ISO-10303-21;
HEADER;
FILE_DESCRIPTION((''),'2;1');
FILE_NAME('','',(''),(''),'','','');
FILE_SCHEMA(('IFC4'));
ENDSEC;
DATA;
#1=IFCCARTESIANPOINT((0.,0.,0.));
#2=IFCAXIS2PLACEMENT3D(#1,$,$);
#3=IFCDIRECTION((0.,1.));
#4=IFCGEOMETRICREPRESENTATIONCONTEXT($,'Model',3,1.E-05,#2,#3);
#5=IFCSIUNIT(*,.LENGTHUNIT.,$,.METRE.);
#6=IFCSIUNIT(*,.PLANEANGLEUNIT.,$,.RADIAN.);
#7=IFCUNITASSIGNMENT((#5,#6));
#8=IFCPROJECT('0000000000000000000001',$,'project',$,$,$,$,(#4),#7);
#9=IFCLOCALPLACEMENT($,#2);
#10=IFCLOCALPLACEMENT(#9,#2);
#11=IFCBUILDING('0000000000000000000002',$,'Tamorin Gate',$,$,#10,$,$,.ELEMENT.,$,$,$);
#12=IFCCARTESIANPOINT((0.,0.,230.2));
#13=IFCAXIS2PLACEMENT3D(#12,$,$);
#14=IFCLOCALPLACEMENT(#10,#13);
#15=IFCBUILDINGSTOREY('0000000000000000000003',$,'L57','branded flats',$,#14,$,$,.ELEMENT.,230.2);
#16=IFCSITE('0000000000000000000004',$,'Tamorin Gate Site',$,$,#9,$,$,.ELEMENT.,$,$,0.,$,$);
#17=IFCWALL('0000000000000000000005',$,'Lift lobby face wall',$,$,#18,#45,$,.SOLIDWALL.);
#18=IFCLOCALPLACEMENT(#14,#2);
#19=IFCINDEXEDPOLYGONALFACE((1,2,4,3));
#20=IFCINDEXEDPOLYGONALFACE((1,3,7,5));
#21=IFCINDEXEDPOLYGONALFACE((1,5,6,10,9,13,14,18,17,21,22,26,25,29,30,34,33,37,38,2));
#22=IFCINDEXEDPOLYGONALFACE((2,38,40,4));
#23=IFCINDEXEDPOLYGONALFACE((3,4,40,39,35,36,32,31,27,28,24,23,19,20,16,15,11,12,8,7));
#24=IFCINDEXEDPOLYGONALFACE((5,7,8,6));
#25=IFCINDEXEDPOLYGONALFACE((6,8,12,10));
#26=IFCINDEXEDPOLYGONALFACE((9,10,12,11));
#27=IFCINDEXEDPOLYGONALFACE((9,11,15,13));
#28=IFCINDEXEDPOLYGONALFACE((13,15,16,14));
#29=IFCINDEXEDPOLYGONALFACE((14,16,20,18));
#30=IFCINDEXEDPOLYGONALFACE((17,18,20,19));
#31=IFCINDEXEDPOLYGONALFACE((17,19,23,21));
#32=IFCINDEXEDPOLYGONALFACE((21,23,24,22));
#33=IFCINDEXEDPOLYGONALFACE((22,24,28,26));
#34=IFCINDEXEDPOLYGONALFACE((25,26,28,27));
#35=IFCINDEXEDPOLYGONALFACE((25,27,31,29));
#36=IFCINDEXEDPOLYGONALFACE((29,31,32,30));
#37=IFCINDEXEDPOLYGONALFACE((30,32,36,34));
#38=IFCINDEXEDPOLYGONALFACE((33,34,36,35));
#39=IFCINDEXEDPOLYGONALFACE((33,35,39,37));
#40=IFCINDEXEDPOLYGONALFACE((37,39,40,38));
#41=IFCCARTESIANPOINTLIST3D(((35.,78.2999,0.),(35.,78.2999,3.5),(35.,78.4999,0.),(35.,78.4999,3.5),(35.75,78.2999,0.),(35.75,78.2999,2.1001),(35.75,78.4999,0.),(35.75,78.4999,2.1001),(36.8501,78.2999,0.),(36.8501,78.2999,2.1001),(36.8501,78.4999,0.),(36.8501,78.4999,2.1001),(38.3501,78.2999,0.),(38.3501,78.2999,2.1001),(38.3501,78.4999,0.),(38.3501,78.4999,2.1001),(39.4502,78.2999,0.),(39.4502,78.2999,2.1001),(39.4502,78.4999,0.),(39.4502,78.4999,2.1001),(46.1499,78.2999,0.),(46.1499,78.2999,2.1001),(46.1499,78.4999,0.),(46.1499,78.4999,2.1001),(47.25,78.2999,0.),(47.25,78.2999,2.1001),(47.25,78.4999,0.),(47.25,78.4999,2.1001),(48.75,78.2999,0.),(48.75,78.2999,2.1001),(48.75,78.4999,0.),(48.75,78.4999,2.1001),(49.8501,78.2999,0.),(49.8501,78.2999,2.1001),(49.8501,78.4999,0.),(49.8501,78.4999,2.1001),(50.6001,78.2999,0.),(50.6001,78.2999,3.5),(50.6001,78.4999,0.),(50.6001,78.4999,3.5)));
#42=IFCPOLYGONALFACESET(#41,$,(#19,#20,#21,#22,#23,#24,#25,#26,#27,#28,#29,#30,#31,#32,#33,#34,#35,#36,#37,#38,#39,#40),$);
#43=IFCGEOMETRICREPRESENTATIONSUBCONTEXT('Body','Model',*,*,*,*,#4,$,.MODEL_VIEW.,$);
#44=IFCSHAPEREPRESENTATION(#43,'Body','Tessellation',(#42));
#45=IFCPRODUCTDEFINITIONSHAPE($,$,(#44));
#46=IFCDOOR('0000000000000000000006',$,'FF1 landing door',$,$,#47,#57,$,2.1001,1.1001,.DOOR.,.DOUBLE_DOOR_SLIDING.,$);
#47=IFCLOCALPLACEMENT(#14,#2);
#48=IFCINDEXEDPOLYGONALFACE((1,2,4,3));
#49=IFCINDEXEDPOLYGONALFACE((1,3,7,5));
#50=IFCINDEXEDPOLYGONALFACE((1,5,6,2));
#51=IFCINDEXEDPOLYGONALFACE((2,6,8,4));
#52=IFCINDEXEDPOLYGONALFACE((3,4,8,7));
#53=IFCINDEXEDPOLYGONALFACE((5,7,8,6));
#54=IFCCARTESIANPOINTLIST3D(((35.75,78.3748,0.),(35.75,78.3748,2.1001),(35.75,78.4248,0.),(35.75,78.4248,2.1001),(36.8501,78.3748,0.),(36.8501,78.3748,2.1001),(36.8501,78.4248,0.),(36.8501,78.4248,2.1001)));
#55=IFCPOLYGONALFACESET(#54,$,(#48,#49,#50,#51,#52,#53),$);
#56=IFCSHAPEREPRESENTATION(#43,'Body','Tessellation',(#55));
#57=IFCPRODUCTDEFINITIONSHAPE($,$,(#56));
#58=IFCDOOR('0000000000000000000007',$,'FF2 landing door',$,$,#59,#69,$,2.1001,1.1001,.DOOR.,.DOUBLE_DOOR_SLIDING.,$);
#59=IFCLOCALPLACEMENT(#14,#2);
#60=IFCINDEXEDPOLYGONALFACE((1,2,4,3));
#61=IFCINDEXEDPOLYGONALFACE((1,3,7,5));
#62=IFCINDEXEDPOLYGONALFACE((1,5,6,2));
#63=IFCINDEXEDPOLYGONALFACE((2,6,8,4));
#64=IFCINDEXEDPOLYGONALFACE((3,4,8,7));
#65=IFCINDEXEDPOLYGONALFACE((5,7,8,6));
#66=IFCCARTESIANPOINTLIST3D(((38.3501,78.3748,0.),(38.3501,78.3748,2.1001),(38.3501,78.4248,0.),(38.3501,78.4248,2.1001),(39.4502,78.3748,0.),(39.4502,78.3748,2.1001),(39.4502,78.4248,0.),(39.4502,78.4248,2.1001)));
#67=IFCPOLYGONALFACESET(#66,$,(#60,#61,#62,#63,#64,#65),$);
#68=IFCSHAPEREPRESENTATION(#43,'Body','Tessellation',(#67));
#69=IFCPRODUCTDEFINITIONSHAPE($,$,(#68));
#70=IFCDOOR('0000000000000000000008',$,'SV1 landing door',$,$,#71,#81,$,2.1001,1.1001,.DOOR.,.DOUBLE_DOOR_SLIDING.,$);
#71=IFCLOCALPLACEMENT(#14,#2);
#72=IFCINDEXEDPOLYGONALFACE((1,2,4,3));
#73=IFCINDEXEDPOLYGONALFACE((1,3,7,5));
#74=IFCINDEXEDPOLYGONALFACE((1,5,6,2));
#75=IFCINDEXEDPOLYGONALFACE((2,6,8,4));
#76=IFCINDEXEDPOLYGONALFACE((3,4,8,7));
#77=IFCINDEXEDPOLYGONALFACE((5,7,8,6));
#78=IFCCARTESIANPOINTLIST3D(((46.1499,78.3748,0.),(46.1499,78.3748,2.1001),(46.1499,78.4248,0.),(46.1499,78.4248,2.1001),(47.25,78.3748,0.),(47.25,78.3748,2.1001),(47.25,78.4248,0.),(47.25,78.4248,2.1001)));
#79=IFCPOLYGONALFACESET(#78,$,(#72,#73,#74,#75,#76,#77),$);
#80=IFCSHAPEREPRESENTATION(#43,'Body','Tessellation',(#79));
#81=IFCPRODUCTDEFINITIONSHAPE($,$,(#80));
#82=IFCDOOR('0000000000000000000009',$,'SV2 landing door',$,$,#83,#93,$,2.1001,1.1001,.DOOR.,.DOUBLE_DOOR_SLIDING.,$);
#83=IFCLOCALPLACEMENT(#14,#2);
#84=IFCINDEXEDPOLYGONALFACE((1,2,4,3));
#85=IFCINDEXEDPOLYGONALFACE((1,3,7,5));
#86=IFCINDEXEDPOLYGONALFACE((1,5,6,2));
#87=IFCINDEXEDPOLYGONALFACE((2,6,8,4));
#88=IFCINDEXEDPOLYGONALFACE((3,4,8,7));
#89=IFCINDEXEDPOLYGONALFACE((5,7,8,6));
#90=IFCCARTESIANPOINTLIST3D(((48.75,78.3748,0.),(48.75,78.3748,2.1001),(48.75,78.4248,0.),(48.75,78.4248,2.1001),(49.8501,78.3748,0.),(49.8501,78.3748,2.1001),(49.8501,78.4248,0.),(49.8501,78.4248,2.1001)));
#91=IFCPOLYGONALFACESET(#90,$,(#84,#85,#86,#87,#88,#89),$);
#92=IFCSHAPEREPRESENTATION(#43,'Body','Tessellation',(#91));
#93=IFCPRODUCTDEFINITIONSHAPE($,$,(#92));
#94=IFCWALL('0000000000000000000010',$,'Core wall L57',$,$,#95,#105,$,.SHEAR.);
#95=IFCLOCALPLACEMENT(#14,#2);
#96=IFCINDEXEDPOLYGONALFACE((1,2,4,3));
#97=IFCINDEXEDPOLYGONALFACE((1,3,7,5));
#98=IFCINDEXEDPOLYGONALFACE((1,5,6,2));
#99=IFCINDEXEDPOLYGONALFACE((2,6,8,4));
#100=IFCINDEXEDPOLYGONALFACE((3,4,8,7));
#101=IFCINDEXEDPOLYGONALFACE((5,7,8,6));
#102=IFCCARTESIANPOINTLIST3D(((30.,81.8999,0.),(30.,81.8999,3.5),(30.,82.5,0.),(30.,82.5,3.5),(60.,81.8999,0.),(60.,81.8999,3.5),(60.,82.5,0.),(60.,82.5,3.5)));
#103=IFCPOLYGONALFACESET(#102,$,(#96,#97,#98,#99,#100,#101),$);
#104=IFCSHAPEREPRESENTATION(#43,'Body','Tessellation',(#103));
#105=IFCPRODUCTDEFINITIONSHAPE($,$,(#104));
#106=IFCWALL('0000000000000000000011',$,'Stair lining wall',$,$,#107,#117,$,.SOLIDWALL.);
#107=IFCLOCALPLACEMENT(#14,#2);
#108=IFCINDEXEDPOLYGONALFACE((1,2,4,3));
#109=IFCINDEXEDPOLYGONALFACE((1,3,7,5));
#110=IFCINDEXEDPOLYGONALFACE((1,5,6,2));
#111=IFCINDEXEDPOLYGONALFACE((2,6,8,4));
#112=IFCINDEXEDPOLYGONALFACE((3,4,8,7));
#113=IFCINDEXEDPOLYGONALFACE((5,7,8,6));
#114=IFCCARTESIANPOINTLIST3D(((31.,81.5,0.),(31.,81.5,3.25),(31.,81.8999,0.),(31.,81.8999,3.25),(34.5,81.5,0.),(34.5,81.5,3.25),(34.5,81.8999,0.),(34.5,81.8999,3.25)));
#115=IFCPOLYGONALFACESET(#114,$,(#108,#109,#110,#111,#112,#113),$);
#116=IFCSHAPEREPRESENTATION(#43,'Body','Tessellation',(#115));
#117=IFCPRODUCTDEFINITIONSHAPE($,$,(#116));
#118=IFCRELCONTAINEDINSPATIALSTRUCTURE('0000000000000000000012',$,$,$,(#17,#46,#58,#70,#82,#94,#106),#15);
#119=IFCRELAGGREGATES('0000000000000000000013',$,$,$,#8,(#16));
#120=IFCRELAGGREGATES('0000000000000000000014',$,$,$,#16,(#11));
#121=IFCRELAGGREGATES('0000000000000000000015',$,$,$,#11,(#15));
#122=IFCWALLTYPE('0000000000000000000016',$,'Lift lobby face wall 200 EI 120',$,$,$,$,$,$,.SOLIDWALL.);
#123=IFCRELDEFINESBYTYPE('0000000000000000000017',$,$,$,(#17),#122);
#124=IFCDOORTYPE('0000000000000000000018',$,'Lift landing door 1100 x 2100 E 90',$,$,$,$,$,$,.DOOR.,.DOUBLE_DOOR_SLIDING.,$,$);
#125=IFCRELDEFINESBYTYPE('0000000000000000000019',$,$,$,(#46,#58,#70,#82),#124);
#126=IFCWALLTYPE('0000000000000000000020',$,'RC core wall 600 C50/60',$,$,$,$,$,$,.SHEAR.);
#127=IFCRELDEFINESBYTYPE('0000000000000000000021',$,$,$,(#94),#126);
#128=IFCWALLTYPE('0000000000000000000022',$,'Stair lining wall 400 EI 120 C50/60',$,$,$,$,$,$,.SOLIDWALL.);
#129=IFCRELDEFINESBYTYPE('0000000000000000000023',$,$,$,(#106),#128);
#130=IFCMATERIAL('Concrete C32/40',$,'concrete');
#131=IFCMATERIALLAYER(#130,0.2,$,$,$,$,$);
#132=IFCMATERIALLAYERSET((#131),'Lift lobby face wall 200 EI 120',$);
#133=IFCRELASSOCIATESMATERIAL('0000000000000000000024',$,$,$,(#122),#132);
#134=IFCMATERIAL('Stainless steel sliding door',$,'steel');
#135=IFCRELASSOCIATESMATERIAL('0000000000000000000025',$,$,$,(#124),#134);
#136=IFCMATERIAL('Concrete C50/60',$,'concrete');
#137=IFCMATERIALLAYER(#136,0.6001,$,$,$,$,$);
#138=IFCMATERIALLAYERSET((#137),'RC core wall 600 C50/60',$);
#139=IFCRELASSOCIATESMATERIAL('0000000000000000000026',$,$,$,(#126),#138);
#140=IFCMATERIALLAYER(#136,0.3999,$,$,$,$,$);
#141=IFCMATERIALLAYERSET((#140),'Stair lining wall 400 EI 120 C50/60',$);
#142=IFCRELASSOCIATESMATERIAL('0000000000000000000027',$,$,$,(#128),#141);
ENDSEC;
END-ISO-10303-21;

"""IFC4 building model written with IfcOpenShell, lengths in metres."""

from ifc_helpers import new_model, si_unit, direction, frame, frame_2d, origin, place, context, subcontext, project, spatial, rectangle, extrude, material, layer, layer_set, type_object, element, fill, save


model = new_model("IFC4")

# Units and contexts
model_context = context("Model", 3, precision=1e-05, world=origin(), true_north=direction((0.0, 1.0)))
body_context = subcontext(model_context, "Body", "Model", "MODEL_VIEW")
ifc_project = project(units=[si_unit("LENGTHUNIT", "METRE"), si_unit("PLANEANGLEUNIT", "RADIAN")], contexts=[model_context])

# Site, building, storey
site_placement = place(None, origin())
site = spatial("IfcSite", under=ifc_project, at=site_placement, Name="Tamorin Gate Site", CompositionType="ELEMENT", RefElevation=0.0)
building_placement = place(site_placement, origin())
building = spatial("IfcBuilding", under=site, at=building_placement, Name="Tamorin Gate", CompositionType="ELEMENT")
storey_placement = place(building_placement, frame((0.0, 0.0, 230.2)))
storey = spatial("IfcBuildingStorey", under=building, at=storey_placement, Name="L57", Description="branded flats", CompositionType="ELEMENT", Elevation=230.2)

# Wall, openings, doors
ifc_material_1 = material(Name="Concrete C32/40", Category="concrete")
ifc_layer_1 = layer(ifc_material_1, 0.2)
ifc_layer_set_1 = layer_set([ifc_layer_1], Name="Lift lobby face wall 200 EI 120")
wall_type_1 = type_object("IfcWallType", Name="Lift lobby face wall 200 EI 120", PredefinedType="SOLIDWALL", material=ifc_layer_set_1)
wall_1_placement = place(storey_placement, frame((35.0, 78.3999, 0.0), z_axis=(0.0, 0.0, 1.0), x_axis=(1.0, 0.0, 0.0)))
wall_1 = element("IfcWall", 1, at=wall_1_placement, inside=storey, type_object=wall_type_1, Name="Lift lobby face wall", PredefinedType="SOLIDWALL", context=body_context, shape_type="SweptSolid", body=[
    extrude(rectangle(XDim=15.6001, YDim=0.2, at=frame_2d((7.8, 0.0))), origin(), (0.0, 0.0, 1.0), 3.5),
])
opening_1_placement = place(wall_1_placement, frame((0.75, 0.0, 0.0)))
opening_1 = element("IfcOpeningElement", 2, at=opening_1_placement, cuts=wall_1, PredefinedType="OPENING", context=body_context, shape_type="SweptSolid", body=[
    extrude(rectangle(XDim=1.1001, YDim=2.1001, at=frame_2d((0.55, 1.05))), frame((0.0, 0.1099, 0.0), z_axis=(0.0, -1.0, 0.0), x_axis=(1.0, 0.0, 0.0)), (0.0, 0.0, 1.0), 0.22),
])
opening_2_placement = place(wall_1_placement, frame((3.3501, 0.0, 0.0)))
opening_2 = element("IfcOpeningElement", 3, at=opening_2_placement, cuts=wall_1, PredefinedType="OPENING", context=body_context, shape_type="SweptSolid", body=[
    extrude(rectangle(XDim=1.1001, YDim=2.1001, at=frame_2d((0.55, 1.05))), frame((0.0, 0.1099, 0.0), z_axis=(0.0, -1.0, 0.0), x_axis=(1.0, 0.0, 0.0)), (0.0, 0.0, 1.0), 0.22),
])
opening_3_placement = place(wall_1_placement, frame((11.1499, 0.0, 0.0)))
opening_3 = element("IfcOpeningElement", 4, at=opening_3_placement, cuts=wall_1, PredefinedType="OPENING", context=body_context, shape_type="SweptSolid", body=[
    extrude(rectangle(XDim=1.1001, YDim=2.1001, at=frame_2d((0.55, 1.05))), frame((0.0, 0.1099, 0.0), z_axis=(0.0, -1.0, 0.0), x_axis=(1.0, 0.0, 0.0)), (0.0, 0.0, 1.0), 0.22),
])
opening_4_placement = place(wall_1_placement, frame((13.75, 0.0, 0.0)))
opening_4 = element("IfcOpeningElement", 5, at=opening_4_placement, cuts=wall_1, PredefinedType="OPENING", context=body_context, shape_type="SweptSolid", body=[
    extrude(rectangle(XDim=1.1001, YDim=2.1001, at=frame_2d((0.55, 1.05))), frame((0.0, 0.1099, 0.0), z_axis=(0.0, -1.0, 0.0), x_axis=(1.0, 0.0, 0.0)), (0.0, 0.0, 1.0), 0.22),
])
ifc_material_2 = material(Name="Stainless steel sliding door", Category="steel")
door_type_1 = type_object("IfcDoorType", Name="Lift landing door 1100 x 2100 E 90", OperationType="DOUBLE_DOOR_SLIDING", PredefinedType="DOOR", material=ifc_material_2)
door_1_placement = place(opening_1_placement, origin())
door_1 = element("IfcDoor", 6, at=door_1_placement, inside=storey, type_object=door_type_1, Name="FF1 landing door", OperationType="DOUBLE_DOOR_SLIDING", OverallHeight=2.1001, OverallWidth=1.1001, PredefinedType="DOOR", context=body_context, shape_type="SweptSolid", body=[
    extrude(rectangle(XDim=1.1001, YDim=2.1001, at=frame_2d((0.55, 1.05))), frame((0.0, 0.0249, 0.0), z_axis=(0.0, -1.0, 0.0), x_axis=(1.0, 0.0, 0.0)), (0.0, 0.0, 1.0), 0.05),
])
fill(opening_1, door_1)
door_2_placement = place(opening_2_placement, origin())
door_2 = element("IfcDoor", 7, at=door_2_placement, inside=storey, type_object=door_type_1, Name="FF2 landing door", OperationType="DOUBLE_DOOR_SLIDING", OverallHeight=2.1001, OverallWidth=1.1001, PredefinedType="DOOR", context=body_context, shape_type="SweptSolid", body=[
    extrude(rectangle(XDim=1.1001, YDim=2.1001, at=frame_2d((0.55, 1.05))), frame((0.0, 0.0249, 0.0), z_axis=(0.0, -1.0, 0.0), x_axis=(1.0, 0.0, 0.0)), (0.0, 0.0, 1.0), 0.05),
])
fill(opening_2, door_2)
door_3_placement = place(opening_3_placement, origin())
door_3 = element("IfcDoor", 8, at=door_3_placement, inside=storey, type_object=door_type_1, Name="SV1 landing door", OperationType="DOUBLE_DOOR_SLIDING", OverallHeight=2.1001, OverallWidth=1.1001, PredefinedType="DOOR", context=body_context, shape_type="SweptSolid", body=[
    extrude(rectangle(XDim=1.1001, YDim=2.1001, at=frame_2d((0.55, 1.05))), frame((0.0, 0.0249, 0.0), z_axis=(0.0, -1.0, 0.0), x_axis=(1.0, 0.0, 0.0)), (0.0, 0.0, 1.0), 0.05),
])
fill(opening_3, door_3)
door_4_placement = place(opening_4_placement, origin())
door_4 = element("IfcDoor", 9, at=door_4_placement, inside=storey, type_object=door_type_1, Name="SV2 landing door", OperationType="DOUBLE_DOOR_SLIDING", OverallHeight=2.1001, OverallWidth=1.1001, PredefinedType="DOOR", context=body_context, shape_type="SweptSolid", body=[
    extrude(rectangle(XDim=1.1001, YDim=2.1001, at=frame_2d((0.55, 1.05))), frame((0.0, 0.0249, 0.0), z_axis=(0.0, -1.0, 0.0), x_axis=(1.0, 0.0, 0.0)), (0.0, 0.0, 1.0), 0.05),
])
fill(opening_4, door_4)

# Walls
ifc_material_3 = material(Name="Concrete C50/60", Category="concrete")
ifc_layer_2 = layer(ifc_material_3, 0.6001)
ifc_layer_set_2 = layer_set([ifc_layer_2], Name="RC core wall 600 C50/60")
wall_type_2 = type_object("IfcWallType", Name="RC core wall 600 C50/60", PredefinedType="SHEAR", material=ifc_layer_set_2)
wall_2_placement = place(storey_placement, frame((30.0, 82.2, 0.0), z_axis=(0.0, 0.0, 1.0), x_axis=(1.0, 0.0, 0.0)))
element("IfcWall", 10, at=wall_2_placement, inside=storey, type_object=wall_type_2, Name="Core wall L57", PredefinedType="SHEAR", context=body_context, shape_type="SweptSolid", body=[
    extrude(rectangle(XDim=30.0, YDim=0.6001, at=frame_2d((15.0, 0.0))), origin(), (0.0, 0.0, 1.0), 3.5),
])
ifc_layer_3 = layer(ifc_material_3, 0.3999)
ifc_layer_set_3 = layer_set([ifc_layer_3], Name="Stair lining wall 400 EI 120 C50/60")
wall_type_3 = type_object("IfcWallType", Name="Stair lining wall 400 EI 120 C50/60", PredefinedType="SOLIDWALL", material=ifc_layer_set_3)
wall_3_placement = place(storey_placement, frame((31.0, 81.7, 0.0), z_axis=(0.0, 0.0, 1.0), x_axis=(1.0, 0.0, 0.0)))
element("IfcWall", 11, at=wall_3_placement, inside=storey, type_object=wall_type_3, Name="Stair lining wall", PredefinedType="SOLIDWALL", context=body_context, shape_type="SweptSolid", body=[
    extrude(rectangle(XDim=3.5, YDim=0.3999, at=frame_2d((1.75, 0.0))), origin(), (0.0, 0.0, 1.0), 3.25),
])

save(model, "model.ifc")
